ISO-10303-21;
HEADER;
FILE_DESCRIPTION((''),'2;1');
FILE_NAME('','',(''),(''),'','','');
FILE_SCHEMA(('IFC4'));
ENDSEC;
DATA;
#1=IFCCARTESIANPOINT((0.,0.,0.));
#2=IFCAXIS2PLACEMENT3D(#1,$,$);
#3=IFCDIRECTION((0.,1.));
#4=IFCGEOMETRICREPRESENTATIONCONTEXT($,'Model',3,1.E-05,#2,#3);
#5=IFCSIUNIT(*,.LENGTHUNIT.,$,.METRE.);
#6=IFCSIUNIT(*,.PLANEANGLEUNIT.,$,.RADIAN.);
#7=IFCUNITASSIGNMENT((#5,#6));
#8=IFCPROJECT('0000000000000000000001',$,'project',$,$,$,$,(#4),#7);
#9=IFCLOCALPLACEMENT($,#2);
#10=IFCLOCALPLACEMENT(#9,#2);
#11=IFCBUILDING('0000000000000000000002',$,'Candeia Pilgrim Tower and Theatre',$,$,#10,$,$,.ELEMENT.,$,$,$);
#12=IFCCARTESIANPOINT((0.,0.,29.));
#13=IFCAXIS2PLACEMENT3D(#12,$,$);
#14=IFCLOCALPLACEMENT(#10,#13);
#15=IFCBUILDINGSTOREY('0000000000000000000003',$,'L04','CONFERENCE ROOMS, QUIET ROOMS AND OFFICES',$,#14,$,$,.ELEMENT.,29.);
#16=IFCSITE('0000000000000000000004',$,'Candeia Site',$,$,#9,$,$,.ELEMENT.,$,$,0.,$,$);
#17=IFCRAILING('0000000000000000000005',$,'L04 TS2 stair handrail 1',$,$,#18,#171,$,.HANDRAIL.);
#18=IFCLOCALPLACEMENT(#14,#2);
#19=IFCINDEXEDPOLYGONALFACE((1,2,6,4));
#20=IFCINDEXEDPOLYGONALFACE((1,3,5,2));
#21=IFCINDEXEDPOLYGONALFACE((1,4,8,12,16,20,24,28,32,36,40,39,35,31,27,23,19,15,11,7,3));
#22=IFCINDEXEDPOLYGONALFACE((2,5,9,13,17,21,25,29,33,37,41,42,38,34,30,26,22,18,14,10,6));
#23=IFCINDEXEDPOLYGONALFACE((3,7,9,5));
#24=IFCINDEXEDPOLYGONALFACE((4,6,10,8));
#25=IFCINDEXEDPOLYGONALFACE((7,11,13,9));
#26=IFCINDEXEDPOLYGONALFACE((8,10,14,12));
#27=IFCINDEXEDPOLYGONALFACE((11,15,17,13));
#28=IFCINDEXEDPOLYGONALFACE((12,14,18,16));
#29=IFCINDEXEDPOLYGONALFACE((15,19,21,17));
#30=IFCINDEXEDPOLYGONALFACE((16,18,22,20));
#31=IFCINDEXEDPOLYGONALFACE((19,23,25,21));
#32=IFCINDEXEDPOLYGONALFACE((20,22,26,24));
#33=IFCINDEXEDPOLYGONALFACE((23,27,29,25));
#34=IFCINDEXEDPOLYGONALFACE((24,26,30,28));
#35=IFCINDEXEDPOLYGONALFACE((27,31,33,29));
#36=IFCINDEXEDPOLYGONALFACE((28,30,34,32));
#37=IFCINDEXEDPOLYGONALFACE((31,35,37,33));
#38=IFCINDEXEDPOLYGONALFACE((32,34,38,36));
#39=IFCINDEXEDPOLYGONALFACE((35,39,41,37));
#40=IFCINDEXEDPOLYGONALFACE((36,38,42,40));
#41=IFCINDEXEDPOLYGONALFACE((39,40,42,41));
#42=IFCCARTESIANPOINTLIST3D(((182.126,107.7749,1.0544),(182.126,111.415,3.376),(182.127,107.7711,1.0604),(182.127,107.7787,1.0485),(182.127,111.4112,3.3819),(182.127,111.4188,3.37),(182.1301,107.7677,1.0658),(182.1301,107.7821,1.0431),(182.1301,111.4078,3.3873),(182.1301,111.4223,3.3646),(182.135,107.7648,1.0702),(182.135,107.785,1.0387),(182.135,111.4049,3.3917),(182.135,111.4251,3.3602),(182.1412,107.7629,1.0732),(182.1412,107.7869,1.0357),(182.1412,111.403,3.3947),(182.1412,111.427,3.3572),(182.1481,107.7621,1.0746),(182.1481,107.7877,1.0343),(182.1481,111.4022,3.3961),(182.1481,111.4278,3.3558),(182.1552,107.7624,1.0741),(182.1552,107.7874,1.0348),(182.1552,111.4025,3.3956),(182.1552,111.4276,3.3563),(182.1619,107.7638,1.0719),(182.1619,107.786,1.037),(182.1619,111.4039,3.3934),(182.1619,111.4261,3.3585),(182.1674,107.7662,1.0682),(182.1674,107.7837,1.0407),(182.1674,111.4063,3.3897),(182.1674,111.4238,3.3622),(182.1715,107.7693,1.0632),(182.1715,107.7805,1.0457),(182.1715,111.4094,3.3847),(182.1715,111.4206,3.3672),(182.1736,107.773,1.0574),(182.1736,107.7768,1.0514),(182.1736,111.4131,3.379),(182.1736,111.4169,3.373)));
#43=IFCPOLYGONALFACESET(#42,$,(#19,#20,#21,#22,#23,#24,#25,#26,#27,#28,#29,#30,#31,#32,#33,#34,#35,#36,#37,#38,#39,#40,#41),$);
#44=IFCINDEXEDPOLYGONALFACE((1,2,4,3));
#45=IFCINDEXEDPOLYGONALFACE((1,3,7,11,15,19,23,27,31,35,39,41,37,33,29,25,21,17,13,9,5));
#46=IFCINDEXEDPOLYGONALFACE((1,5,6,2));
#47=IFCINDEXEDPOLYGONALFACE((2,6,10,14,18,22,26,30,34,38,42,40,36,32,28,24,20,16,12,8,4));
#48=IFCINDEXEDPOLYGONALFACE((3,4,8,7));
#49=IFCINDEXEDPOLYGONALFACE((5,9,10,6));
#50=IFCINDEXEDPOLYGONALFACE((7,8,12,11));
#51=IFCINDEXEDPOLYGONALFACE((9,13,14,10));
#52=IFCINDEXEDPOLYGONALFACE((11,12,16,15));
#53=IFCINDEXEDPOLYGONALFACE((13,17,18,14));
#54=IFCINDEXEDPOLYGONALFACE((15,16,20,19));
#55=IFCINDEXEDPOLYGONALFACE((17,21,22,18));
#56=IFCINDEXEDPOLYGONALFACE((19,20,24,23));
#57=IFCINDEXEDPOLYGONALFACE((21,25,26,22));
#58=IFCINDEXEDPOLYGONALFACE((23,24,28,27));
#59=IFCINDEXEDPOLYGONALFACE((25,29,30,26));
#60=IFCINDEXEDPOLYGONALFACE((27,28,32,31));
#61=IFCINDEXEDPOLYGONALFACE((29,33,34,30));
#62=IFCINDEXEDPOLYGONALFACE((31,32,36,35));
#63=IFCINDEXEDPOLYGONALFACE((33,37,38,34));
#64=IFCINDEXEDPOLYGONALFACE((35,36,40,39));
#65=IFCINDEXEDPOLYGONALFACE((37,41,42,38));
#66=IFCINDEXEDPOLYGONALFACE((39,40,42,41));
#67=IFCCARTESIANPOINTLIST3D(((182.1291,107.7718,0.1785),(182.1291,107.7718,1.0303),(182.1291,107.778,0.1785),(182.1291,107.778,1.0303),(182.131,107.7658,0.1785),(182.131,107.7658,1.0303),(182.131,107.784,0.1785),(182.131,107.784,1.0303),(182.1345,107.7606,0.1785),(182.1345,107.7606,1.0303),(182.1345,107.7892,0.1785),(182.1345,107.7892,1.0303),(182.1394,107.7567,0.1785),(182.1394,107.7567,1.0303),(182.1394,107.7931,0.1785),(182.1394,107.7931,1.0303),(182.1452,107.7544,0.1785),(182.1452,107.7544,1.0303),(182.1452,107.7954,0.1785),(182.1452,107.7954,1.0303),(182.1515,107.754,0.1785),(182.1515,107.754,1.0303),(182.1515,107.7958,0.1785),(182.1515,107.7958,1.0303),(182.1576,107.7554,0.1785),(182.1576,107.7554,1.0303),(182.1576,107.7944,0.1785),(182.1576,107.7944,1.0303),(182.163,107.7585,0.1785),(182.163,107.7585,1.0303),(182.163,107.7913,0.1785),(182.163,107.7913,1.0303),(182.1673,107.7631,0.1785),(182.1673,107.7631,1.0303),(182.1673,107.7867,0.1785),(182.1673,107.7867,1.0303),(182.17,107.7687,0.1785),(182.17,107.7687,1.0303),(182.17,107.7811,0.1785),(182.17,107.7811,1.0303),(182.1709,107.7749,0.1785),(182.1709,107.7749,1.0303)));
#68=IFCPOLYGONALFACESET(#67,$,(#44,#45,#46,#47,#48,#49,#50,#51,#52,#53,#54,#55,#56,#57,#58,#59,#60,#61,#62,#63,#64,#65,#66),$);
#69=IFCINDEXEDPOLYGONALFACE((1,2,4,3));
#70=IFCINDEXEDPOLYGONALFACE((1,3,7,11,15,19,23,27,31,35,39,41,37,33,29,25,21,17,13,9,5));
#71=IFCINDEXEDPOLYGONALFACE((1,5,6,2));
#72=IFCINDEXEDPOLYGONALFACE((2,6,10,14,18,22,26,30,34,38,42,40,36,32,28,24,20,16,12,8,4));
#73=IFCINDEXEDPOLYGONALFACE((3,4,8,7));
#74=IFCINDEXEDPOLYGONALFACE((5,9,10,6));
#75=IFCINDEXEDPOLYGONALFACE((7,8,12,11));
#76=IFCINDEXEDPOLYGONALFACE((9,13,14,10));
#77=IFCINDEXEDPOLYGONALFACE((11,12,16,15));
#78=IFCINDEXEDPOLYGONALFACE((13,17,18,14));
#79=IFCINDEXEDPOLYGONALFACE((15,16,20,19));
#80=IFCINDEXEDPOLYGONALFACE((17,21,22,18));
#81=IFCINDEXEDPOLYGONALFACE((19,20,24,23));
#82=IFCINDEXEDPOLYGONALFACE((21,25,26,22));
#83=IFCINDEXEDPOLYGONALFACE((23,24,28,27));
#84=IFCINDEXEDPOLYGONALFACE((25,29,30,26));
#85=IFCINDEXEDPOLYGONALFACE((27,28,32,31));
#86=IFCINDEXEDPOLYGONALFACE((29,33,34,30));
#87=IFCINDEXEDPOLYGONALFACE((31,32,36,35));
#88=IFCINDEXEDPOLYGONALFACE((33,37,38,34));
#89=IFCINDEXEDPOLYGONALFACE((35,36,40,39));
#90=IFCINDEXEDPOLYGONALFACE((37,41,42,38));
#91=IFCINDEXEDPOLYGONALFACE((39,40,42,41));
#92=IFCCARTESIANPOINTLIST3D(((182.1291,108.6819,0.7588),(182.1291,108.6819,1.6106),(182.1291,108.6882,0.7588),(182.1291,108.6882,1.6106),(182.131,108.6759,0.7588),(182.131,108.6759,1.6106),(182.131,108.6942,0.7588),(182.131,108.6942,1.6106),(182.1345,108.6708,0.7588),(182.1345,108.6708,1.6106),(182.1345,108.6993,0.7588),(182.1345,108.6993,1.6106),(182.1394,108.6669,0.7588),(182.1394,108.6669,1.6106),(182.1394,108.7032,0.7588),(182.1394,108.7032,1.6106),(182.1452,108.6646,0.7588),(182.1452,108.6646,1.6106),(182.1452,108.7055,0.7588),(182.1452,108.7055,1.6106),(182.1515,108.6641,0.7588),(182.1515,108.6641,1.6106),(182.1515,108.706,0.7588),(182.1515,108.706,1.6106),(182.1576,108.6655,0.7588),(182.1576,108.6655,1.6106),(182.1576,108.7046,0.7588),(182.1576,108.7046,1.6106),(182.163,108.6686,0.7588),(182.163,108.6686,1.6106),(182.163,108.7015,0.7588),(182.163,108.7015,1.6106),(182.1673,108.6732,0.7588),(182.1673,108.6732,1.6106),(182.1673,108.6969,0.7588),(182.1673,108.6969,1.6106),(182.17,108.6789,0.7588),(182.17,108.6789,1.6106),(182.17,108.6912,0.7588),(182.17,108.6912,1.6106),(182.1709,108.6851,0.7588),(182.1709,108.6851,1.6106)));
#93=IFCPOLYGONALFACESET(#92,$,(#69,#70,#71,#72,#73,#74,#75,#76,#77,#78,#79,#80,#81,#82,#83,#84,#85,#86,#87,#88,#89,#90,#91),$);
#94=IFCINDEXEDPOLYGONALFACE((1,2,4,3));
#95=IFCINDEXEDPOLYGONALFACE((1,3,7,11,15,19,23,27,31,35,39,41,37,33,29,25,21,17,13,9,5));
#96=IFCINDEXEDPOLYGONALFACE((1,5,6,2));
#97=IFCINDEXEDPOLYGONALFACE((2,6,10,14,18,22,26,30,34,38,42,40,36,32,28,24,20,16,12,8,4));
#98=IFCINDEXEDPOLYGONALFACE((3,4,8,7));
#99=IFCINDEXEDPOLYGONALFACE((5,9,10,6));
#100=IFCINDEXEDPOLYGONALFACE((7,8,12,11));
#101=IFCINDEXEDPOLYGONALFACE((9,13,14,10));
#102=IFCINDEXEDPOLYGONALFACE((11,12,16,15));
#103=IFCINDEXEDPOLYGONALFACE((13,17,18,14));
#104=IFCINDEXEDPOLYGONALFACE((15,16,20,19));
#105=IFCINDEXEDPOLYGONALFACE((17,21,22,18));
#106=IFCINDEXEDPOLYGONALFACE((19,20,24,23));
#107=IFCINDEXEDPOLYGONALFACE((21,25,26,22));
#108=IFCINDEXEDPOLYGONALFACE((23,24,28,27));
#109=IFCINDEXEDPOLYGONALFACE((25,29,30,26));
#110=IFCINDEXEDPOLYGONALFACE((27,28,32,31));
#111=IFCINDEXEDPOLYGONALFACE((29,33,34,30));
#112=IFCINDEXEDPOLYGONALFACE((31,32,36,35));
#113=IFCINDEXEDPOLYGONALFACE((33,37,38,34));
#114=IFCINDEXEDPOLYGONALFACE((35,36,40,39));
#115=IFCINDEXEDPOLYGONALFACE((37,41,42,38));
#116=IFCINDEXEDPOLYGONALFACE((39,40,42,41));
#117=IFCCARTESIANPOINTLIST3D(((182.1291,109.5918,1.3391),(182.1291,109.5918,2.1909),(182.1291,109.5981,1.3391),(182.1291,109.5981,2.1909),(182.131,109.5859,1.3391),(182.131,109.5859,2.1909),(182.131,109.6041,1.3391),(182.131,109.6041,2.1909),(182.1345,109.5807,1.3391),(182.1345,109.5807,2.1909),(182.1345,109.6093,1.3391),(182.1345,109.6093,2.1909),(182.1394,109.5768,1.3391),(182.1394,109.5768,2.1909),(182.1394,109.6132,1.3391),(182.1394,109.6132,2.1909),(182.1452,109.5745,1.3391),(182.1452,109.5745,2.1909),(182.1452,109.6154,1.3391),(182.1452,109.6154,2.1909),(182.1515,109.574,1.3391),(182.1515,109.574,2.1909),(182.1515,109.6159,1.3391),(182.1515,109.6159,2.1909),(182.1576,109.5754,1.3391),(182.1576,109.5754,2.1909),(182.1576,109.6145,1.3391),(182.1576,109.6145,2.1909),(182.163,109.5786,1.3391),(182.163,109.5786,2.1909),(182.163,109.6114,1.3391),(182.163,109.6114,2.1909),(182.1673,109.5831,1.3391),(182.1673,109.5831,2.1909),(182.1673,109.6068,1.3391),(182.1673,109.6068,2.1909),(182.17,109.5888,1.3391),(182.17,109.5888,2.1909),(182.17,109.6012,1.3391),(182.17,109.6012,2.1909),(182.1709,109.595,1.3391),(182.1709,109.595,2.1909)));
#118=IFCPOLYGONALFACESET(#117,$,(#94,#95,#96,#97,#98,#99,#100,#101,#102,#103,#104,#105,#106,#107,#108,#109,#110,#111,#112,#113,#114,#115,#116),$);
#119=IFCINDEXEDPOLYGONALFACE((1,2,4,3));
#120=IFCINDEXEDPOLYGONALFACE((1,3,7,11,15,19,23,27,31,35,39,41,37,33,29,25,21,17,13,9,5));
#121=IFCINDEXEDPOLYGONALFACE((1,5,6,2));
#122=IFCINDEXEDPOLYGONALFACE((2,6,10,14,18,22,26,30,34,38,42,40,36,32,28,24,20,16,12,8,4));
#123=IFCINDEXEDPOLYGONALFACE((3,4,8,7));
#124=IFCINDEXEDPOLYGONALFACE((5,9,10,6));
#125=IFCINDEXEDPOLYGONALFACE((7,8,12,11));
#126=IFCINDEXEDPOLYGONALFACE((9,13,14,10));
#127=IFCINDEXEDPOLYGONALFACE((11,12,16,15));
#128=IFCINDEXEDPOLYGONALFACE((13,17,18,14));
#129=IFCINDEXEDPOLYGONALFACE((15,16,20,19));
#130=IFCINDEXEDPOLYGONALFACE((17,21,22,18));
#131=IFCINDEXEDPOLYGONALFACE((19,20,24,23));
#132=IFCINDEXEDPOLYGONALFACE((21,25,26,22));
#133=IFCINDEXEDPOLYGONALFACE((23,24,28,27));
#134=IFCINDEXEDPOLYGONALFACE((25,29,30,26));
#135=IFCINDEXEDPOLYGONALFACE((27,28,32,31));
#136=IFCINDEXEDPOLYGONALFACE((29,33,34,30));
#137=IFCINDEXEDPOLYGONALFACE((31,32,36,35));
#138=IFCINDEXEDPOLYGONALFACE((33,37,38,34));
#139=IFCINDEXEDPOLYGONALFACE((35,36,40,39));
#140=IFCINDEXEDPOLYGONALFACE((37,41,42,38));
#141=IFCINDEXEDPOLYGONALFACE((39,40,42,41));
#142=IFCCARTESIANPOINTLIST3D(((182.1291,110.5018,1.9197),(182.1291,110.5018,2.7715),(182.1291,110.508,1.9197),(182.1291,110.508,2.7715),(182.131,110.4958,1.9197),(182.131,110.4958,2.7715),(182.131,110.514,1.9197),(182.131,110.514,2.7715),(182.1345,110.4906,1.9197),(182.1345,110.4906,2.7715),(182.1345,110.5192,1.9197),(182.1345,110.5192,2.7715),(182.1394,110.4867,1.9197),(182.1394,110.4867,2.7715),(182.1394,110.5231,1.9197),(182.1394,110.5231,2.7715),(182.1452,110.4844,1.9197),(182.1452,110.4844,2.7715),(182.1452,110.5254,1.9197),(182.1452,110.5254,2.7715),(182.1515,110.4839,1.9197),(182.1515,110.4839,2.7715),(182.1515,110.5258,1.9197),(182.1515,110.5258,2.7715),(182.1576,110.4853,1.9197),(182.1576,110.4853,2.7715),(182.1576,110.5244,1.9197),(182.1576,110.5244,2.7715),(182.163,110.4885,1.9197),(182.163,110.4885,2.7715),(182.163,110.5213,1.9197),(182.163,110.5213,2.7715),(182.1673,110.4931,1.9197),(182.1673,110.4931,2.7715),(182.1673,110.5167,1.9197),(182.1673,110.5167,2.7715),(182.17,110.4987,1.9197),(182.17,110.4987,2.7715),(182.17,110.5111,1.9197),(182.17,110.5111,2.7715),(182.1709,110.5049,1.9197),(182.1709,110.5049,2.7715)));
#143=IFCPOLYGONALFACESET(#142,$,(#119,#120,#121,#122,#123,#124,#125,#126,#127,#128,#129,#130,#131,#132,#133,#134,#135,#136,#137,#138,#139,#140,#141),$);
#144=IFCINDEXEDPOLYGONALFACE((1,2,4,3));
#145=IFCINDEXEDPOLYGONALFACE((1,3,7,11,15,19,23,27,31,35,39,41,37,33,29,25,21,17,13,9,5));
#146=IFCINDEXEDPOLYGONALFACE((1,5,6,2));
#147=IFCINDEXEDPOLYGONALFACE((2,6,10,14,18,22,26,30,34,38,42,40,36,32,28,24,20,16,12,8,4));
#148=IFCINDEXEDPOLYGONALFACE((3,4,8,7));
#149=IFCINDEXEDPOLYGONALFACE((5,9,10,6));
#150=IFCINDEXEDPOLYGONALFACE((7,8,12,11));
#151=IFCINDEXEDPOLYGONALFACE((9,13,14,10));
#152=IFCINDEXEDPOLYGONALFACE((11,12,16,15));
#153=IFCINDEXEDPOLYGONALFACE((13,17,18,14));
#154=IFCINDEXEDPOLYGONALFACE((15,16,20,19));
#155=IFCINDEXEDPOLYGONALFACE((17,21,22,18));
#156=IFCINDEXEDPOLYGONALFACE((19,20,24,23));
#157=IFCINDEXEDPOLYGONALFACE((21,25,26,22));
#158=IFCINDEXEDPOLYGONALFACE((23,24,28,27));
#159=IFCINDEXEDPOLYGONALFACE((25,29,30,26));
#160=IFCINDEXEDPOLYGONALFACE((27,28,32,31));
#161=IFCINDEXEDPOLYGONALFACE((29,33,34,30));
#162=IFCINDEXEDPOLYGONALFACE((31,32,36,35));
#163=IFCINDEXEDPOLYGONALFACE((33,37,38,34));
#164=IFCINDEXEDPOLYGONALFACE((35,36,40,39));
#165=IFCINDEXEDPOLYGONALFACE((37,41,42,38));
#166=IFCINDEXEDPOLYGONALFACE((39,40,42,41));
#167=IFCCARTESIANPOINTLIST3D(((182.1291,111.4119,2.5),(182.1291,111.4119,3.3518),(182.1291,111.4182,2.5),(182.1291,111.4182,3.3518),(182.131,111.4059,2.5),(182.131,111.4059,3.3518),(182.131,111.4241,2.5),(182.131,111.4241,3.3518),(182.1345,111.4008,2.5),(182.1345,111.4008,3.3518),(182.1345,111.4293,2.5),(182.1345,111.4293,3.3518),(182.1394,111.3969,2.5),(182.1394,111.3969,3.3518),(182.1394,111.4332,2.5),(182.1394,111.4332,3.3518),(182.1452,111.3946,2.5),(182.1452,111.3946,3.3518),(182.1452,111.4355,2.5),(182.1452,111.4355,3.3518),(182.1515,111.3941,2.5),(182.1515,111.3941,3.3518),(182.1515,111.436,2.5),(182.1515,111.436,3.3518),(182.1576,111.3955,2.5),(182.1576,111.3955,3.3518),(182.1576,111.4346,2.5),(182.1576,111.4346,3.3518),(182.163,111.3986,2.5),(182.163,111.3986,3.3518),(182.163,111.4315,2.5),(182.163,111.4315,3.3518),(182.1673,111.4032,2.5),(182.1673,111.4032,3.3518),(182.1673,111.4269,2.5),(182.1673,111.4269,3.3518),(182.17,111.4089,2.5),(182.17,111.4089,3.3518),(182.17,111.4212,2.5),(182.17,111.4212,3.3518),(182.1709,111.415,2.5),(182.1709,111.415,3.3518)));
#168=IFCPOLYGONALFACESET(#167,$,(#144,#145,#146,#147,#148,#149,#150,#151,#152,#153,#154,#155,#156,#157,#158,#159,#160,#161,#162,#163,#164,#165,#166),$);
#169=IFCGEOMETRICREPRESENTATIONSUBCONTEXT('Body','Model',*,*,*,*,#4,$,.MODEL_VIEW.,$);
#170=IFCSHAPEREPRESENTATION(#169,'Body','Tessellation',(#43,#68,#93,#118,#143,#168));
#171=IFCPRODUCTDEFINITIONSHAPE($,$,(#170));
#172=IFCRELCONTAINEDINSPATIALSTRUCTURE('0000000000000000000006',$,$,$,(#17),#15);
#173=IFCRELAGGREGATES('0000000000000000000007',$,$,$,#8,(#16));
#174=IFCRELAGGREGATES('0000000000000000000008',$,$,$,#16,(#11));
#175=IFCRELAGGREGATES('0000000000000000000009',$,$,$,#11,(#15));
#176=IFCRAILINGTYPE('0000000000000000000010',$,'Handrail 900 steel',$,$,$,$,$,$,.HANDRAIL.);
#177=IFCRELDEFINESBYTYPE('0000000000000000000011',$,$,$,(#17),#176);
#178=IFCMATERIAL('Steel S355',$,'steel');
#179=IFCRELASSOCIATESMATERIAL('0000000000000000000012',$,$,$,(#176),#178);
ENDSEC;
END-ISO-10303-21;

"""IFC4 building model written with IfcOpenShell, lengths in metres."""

from ifc_helpers import new_model, si_unit, direction, frame, origin, origin_2d, place, context, subcontext, project, spatial, circle, extrude, material, type_object, element, save


model = new_model("IFC4")

# Units and contexts
model_context = context("Model", 3, precision=1e-05, world=origin(), true_north=direction((0.0, 1.0)))
body_context = subcontext(model_context, "Body", "Model", "MODEL_VIEW")
ifc_project = project(units=[si_unit("LENGTHUNIT", "METRE"), si_unit("PLANEANGLEUNIT", "RADIAN")], contexts=[model_context])

# Site, building, storey
site_placement = place(None, origin())
site = spatial("IfcSite", under=ifc_project, at=site_placement, Name="Candeia Site", CompositionType="ELEMENT", RefElevation=0.0)
building_placement = place(site_placement, origin())
building = spatial("IfcBuilding", under=site, at=building_placement, Name="Candeia Pilgrim Tower and Theatre", CompositionType="ELEMENT")
storey_placement = place(building_placement, frame((0.0, 0.0, 29.0)))
storey = spatial("IfcBuildingStorey", under=building, at=storey_placement, Name="L04", Description="CONFERENCE ROOMS, QUIET ROOMS AND OFFICES", CompositionType="ELEMENT", Elevation=29.0)

# Railing
ifc_material_1 = material(Name="Steel S355", Category="steel")
railing_type_1 = type_object("IfcRailingType", Name="Handrail 900 steel", PredefinedType="HANDRAIL", material=ifc_material_1)
railing_1_placement = place(storey_placement, frame((182.1499, 107.7749, 0.1785)))
element("IfcRailing", 1, at=railing_1_placement, inside=storey, type_object=railing_type_1, Name="L04 TS2 stair handrail 1", PredefinedType="HANDRAIL", context=body_context, shape_type="SweptSolid", body=[
    extrude(circle(Radius=0.0239, at=origin_2d()), frame((0.0, 0.0, 0.876), z_axis=(0.0, 0.843128, 0.537713), x_axis=(-1.0, 0.0, 0.0)), (0.0, 0.0, 1.0), 4.3174),
    extrude(circle(Radius=0.021, at=origin_2d()), origin(), (0.0, 0.0, 1.0), 0.8518),
    extrude(circle(Radius=0.021, at=origin_2d()), frame((0.0, 0.9102, 0.5803)), (0.0, 0.0, 1.0), 0.8518),
    extrude(circle(Radius=0.021, at=origin_2d()), frame((0.0, 1.8201, 1.1606)), (0.0, 0.0, 1.0), 0.8518),
    extrude(circle(Radius=0.021, at=origin_2d()), frame((0.0, 2.73, 1.7412)), (0.0, 0.0, 1.0), 0.8518),
    extrude(circle(Radius=0.021, at=origin_2d()), frame((0.0, 3.6401, 2.3215)), (0.0, 0.0, 1.0), 0.8518),
])

save(model, "model.ifc")
